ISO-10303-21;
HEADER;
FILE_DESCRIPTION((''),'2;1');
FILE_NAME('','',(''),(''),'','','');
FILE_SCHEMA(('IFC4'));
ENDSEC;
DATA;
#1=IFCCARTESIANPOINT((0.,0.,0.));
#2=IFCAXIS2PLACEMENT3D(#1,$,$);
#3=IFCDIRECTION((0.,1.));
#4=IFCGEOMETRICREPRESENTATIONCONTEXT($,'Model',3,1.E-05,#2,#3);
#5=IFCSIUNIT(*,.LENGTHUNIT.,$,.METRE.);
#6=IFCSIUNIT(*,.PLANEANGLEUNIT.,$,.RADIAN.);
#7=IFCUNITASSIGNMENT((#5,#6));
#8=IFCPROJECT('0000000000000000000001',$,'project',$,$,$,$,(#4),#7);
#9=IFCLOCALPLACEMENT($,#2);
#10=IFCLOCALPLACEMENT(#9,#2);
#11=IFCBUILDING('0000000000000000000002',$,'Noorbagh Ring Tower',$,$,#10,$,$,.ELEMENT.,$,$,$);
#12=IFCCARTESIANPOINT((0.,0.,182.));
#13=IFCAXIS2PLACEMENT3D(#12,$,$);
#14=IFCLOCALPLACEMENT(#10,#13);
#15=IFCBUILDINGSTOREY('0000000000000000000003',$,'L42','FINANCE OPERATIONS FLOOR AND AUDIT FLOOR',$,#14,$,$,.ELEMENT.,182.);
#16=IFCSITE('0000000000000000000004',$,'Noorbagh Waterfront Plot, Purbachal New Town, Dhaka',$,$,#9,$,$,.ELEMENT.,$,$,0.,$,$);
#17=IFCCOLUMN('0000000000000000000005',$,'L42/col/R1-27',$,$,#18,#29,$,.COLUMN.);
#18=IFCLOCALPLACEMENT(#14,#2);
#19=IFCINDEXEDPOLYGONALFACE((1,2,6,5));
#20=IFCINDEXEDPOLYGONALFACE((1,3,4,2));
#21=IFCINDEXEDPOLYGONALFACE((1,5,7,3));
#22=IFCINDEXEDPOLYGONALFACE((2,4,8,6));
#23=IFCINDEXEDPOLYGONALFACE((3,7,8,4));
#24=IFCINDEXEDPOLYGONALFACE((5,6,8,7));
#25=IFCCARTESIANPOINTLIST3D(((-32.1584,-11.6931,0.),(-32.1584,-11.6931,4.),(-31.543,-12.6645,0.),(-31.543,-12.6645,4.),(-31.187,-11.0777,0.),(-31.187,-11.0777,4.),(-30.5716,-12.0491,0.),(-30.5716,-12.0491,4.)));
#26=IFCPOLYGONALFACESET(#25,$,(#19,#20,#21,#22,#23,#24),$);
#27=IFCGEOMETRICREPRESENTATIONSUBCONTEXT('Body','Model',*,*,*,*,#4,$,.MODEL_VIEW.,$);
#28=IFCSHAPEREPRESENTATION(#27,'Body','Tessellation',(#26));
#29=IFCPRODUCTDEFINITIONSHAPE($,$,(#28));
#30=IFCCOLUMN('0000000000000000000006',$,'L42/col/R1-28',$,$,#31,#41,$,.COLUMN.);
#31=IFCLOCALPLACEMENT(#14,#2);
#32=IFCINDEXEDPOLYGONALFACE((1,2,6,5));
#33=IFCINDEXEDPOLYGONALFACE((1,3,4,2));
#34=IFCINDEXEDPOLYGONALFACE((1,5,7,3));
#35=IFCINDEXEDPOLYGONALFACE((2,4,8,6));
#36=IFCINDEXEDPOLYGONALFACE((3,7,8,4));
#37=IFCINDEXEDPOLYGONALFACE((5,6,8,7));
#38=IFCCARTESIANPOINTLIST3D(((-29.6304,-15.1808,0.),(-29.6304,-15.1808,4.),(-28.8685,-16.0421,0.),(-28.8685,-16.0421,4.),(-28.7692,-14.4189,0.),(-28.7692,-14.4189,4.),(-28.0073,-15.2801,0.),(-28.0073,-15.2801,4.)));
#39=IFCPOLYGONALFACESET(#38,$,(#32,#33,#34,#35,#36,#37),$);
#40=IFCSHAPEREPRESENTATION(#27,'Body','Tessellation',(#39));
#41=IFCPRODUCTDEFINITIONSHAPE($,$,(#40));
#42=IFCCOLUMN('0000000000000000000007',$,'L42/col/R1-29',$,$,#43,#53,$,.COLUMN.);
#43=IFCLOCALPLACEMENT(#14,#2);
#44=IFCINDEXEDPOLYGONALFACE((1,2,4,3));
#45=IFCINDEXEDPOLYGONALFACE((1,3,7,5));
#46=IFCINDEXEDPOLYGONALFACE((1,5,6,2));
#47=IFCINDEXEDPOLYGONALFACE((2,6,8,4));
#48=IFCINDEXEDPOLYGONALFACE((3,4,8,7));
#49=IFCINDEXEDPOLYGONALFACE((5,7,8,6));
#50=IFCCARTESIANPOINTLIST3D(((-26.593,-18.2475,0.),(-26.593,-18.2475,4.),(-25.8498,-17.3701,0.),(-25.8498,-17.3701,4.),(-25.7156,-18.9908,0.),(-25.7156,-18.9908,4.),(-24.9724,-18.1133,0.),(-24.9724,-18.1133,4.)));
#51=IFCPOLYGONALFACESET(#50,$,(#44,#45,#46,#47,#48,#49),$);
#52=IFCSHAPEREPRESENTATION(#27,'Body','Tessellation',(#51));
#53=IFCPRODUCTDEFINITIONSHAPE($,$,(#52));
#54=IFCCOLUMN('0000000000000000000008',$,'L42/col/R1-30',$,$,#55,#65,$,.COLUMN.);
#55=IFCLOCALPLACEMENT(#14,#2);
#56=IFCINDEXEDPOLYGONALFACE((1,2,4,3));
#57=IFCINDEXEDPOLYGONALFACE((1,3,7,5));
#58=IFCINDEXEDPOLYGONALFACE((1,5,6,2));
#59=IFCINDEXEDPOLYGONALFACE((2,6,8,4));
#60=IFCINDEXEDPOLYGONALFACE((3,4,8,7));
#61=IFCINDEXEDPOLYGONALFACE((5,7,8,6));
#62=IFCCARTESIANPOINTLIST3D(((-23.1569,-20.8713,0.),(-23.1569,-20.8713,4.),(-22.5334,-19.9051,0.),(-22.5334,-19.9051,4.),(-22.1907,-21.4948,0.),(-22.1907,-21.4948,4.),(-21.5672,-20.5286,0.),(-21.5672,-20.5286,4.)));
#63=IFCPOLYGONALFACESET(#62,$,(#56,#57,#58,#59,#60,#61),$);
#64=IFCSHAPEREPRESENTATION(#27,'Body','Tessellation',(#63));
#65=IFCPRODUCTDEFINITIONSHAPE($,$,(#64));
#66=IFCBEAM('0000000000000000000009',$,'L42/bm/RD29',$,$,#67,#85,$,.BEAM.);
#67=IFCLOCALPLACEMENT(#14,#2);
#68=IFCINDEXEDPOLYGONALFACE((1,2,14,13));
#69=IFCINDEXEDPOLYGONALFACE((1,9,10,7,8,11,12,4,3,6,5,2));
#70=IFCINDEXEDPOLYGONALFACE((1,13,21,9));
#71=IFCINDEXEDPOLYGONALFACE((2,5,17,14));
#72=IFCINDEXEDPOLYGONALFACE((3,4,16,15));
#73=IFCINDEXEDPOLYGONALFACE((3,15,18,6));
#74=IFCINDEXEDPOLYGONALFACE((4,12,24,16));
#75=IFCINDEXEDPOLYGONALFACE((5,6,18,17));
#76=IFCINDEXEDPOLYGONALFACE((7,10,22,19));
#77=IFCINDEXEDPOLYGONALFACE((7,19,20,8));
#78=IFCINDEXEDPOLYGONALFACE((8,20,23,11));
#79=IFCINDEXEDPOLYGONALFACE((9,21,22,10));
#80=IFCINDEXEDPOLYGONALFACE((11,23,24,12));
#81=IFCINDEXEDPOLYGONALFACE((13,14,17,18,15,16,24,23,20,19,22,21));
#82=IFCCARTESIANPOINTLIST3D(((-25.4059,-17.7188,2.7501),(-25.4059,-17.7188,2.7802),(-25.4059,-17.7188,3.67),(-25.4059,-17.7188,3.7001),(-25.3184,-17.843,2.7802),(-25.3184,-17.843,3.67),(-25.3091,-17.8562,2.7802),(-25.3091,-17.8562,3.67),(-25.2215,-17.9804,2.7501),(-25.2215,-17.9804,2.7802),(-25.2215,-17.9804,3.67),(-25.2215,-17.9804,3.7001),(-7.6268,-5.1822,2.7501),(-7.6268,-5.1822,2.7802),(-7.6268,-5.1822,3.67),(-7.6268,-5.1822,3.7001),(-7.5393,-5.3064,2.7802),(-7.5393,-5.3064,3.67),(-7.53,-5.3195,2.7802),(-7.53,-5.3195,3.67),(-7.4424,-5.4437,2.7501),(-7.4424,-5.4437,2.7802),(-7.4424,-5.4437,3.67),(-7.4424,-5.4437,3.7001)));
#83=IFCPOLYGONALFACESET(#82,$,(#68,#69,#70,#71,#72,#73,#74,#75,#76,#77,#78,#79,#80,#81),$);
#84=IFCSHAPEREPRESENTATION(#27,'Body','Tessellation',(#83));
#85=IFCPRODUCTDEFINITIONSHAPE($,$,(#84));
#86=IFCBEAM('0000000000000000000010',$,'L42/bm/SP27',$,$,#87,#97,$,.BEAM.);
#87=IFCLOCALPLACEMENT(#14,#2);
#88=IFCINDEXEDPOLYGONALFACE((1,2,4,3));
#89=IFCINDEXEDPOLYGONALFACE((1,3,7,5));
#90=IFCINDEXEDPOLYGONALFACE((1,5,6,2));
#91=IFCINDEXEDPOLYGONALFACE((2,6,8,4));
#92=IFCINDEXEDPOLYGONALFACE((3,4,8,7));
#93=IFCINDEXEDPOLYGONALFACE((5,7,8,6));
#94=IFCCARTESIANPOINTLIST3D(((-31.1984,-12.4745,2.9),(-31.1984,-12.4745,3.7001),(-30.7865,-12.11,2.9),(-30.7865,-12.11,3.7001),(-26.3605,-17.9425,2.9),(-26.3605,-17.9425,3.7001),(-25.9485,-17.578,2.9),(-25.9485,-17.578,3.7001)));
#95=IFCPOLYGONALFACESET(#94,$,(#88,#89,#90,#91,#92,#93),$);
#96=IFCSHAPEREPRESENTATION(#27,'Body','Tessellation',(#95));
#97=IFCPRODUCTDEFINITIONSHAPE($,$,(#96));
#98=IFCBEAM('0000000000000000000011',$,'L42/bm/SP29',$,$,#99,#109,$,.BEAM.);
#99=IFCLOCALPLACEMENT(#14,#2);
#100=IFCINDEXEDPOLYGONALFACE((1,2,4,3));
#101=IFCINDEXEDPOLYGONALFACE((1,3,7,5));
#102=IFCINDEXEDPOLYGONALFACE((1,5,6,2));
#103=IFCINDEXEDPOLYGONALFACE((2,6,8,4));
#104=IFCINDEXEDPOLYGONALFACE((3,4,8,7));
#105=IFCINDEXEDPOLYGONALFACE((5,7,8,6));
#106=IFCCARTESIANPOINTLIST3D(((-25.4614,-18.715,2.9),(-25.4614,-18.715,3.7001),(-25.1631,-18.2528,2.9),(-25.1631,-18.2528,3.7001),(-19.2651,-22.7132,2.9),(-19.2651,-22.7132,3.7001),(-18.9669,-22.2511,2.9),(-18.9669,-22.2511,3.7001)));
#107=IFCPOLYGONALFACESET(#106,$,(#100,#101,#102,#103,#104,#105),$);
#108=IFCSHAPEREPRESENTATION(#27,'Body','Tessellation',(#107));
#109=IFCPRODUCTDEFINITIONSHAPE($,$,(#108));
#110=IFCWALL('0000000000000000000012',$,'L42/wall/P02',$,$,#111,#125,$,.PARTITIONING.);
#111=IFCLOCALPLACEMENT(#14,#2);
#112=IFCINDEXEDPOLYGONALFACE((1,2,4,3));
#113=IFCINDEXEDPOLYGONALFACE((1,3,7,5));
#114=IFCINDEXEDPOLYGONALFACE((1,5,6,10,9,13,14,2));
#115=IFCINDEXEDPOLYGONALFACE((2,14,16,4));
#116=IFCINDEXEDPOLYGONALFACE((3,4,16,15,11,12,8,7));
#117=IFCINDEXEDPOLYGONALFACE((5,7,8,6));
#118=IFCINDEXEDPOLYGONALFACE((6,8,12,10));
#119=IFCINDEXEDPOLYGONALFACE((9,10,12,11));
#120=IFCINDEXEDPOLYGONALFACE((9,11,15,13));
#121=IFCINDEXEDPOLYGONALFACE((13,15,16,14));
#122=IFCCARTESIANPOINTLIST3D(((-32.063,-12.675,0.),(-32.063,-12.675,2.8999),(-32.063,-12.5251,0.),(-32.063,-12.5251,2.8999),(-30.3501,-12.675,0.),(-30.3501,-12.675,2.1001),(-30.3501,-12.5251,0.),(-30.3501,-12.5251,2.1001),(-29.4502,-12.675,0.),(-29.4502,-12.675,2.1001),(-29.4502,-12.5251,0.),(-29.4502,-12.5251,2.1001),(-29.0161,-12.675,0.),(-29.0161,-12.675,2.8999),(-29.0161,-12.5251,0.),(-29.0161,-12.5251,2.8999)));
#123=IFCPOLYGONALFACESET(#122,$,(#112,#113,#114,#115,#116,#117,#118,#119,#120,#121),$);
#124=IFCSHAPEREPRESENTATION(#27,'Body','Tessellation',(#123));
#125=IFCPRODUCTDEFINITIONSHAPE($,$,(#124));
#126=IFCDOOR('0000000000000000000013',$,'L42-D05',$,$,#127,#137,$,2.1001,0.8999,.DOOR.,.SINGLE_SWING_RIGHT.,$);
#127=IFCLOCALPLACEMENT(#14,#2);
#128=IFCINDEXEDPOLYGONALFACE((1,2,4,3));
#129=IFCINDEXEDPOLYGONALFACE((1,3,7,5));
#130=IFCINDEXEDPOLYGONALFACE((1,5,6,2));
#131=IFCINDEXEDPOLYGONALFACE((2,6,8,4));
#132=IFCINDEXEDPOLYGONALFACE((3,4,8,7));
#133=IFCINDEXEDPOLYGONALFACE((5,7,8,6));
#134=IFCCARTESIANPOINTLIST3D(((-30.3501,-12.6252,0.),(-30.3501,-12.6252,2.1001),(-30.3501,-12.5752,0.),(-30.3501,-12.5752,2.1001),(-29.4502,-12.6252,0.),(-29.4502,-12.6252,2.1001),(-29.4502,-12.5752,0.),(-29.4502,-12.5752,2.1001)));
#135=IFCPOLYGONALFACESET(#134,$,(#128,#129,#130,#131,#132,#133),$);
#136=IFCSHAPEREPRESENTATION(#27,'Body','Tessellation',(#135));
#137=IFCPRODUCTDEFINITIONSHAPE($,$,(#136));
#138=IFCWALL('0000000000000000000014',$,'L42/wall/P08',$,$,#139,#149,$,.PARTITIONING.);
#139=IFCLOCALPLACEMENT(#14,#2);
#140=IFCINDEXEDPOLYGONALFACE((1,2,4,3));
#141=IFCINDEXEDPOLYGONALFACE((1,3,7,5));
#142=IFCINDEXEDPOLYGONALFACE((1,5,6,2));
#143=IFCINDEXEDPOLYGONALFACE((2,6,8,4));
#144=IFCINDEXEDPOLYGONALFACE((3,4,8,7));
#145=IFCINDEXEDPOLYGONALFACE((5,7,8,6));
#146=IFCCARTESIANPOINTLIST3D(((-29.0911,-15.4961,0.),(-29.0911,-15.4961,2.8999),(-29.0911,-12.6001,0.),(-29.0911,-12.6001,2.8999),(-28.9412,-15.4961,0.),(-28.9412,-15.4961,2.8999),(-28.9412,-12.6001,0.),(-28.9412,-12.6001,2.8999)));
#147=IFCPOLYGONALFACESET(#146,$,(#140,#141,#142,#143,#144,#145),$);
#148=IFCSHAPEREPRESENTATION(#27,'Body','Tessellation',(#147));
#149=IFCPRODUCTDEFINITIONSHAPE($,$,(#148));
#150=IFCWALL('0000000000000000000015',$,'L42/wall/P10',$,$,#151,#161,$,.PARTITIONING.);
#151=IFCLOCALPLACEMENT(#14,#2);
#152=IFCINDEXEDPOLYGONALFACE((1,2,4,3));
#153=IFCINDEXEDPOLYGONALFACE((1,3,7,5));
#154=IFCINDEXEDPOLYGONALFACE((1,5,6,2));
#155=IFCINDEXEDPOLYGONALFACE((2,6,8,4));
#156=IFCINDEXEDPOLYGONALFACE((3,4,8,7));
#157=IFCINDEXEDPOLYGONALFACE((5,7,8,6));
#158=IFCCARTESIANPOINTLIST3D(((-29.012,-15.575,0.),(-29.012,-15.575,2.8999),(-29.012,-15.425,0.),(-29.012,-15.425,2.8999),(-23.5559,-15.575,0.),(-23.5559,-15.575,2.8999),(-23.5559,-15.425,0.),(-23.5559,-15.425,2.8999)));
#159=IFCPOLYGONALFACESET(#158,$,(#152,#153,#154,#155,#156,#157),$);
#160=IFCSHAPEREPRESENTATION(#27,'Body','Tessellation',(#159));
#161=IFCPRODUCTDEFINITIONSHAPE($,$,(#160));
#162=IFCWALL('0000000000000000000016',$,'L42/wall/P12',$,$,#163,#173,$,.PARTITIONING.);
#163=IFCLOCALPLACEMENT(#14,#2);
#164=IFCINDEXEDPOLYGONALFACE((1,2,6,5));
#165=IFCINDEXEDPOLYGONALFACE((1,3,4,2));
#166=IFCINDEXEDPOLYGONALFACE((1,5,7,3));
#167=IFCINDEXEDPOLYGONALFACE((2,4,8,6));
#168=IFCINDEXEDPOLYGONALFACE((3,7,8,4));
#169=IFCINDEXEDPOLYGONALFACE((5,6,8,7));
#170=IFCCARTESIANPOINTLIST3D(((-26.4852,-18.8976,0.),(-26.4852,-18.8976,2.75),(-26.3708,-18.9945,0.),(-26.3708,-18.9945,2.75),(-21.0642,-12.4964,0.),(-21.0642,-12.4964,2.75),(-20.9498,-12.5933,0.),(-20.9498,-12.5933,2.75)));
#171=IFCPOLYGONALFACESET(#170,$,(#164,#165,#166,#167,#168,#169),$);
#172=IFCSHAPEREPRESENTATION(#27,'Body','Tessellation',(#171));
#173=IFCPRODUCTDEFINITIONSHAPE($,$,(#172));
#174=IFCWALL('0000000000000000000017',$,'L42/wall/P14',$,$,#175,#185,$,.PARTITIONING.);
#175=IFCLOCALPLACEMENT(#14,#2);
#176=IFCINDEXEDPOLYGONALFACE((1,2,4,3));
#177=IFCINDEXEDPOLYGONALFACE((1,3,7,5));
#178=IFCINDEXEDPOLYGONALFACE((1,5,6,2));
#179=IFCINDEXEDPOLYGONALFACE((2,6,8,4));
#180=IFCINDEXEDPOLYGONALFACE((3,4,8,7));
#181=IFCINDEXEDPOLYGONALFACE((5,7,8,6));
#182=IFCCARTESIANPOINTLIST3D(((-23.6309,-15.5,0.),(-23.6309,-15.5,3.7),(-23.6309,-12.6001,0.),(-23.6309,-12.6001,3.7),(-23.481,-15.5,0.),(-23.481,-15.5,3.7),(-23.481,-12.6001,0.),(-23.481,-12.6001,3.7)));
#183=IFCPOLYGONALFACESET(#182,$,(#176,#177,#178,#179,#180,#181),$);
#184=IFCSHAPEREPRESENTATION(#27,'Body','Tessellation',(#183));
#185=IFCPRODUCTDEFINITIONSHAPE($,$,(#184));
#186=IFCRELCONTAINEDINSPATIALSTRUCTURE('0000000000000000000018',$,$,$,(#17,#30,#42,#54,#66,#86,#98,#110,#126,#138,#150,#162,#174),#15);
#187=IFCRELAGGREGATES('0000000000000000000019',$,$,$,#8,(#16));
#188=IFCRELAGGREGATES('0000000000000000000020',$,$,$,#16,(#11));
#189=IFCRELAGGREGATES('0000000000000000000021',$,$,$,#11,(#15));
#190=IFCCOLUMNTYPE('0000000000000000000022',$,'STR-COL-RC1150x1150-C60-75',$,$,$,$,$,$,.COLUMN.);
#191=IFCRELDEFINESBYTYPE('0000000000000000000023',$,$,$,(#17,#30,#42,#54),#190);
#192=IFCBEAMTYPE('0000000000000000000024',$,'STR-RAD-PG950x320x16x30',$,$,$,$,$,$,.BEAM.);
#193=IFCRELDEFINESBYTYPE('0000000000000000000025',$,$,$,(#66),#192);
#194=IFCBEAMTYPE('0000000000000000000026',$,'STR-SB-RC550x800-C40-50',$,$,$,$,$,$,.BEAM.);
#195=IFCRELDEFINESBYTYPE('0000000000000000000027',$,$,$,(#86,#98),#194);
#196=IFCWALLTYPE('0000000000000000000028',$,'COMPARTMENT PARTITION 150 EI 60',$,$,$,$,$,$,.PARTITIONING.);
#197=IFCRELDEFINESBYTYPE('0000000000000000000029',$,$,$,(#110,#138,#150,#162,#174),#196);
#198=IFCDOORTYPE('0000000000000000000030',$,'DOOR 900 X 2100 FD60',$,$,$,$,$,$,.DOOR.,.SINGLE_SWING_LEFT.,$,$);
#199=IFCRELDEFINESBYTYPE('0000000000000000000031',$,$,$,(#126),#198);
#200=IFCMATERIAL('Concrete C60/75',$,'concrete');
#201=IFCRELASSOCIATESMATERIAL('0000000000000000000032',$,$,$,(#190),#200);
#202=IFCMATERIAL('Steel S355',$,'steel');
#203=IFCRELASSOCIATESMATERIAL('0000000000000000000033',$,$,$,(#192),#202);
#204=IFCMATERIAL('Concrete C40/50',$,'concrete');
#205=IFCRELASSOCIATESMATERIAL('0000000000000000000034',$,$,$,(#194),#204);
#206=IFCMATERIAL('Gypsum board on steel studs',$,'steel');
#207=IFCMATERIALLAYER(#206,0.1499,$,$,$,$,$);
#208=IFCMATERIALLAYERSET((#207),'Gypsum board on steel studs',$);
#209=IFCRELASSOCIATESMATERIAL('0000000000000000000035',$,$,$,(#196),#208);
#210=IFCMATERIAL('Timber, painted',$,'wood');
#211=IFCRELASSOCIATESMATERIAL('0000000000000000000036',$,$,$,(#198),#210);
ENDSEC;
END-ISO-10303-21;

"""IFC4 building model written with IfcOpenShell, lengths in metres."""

from ifc_helpers import new_model, si_unit, direction, frame, frame_2d, origin, origin_2d, place, context, subcontext, project, spatial, rectangle, i_section, extrude, material, layer, layer_set, material_profile, profile_set, type_object, element, fill, save


model = new_model("IFC4")

# Units and contexts
model_context = context("Model", 3, precision=1e-05, world=origin(), true_north=direction((0.0, 1.0)))
body_context = subcontext(model_context, "Body", "Model", "MODEL_VIEW")
ifc_project = project(units=[si_unit("LENGTHUNIT", "METRE"), si_unit("PLANEANGLEUNIT", "RADIAN")], contexts=[model_context])

# Site, building, storey
site_placement = place(None, origin())
site = spatial("IfcSite", under=ifc_project, at=site_placement, Name="Noorbagh Waterfront Plot, Purbachal New Town, Dhaka", CompositionType="ELEMENT", RefElevation=0.0)
building_placement = place(site_placement, origin())
building = spatial("IfcBuilding", under=site, at=building_placement, Name="Noorbagh Ring Tower", CompositionType="ELEMENT")
storey_placement = place(building_placement, frame((0.0, 0.0, 182.0)))
storey = spatial("IfcBuildingStorey", under=building, at=storey_placement, Name="L42", Description="FINANCE OPERATIONS FLOOR AND AUDIT FLOOR", CompositionType="ELEMENT", Elevation=182.0)

# Columns
ifc_material_1 = material(Name="Concrete C60/75", Category="concrete")
ifc_material_profile_1 = material_profile(ifc_material_1, rectangle(XDim=1.1499, YDim=1.1499, at=origin_2d()), Name="RC1150x1150")
ifc_profile_set_1 = profile_set([ifc_material_profile_1], Name="Concrete C60/75")
column_type = type_object("IfcColumnType", Name="STR-COL-RC1150x1150-C60-75", PredefinedType="COLUMN", material=ifc_profile_set_1)
for number, where, z_axis, x_axis, name in (
    (1, (-31.365, -11.8711, 0.0), (0.0, 0.0, 1.0), (0.53519, -0.844731, 0.0), "L42/col/R1-27"),
    (2, (-28.8188, -15.2305, 0.0), (0.0, 0.0, 1.0), (0.662636, -0.748942, 0.0), "L42/col/R1-28"),
    (3, (-25.7827, -18.1804, 0.0), (0.0, 0.0, 1.0), (0.763035, -0.646357, 0.0), "L42/col/R1-29"),
    (4, (-22.3621, -20.7, 0.0), (0.0, 0.0, 1.0), (0.840248, -0.542203, 0.0), "L42/col/R1-30"),
):
    element("IfcColumn", number, at=place(storey_placement, frame(where, z_axis=z_axis, x_axis=x_axis)), inside=storey, type_object=column_type, Name=name, PredefinedType="COLUMN", context=body_context, shape_type="SweptSolid", body=[
        extrude(rectangle(XDim=1.1499, YDim=1.1499, at=origin_2d()), origin(), (0.0, 0.0, 1.0), 4.0),
    ])

# Beams
ifc_material_2 = material(Name="Steel S355", Category="steel")
ifc_material_profile_2 = material_profile(ifc_material_2, i_section(OverallWidth=0.3201, OverallDepth=0.95, WebThickness=0.0161, FlangeThickness=0.03, at=origin_2d()), Name="PG950x320x16x30")
ifc_profile_set_2 = profile_set([ifc_material_profile_2], Name="Steel S355")
beam_type_1 = type_object("IfcBeamType", Name="STR-RAD-PG950x320x16x30", PredefinedType="BEAM", material=ifc_profile_set_2)
beam_1_placement = place(storey_placement, frame((-25.3137, -17.8496, 3.2251), z_axis=(0.817256, 0.576275, 0.0), x_axis=(-0.576275, 0.817256, 0.0)))
element("IfcBeam", 5, at=beam_1_placement, inside=storey, type_object=beam_type_1, Name="L42/bm/RD29", PredefinedType="BEAM", context=body_context, shape_type="SweptSolid", body=[
    extrude(i_section(OverallWidth=0.3201, OverallDepth=0.95, WebThickness=0.0161, FlangeThickness=0.03, at=origin_2d()), origin(), (0.0, 0.0, 1.0), 21.7546),
])
ifc_material_3 = material(Name="Concrete C40/50", Category="concrete")
ifc_material_profile_3 = material_profile(ifc_material_3, rectangle(XDim=0.55, YDim=0.8, at=origin_2d()), Name="RC550x800")
ifc_profile_set_3 = profile_set([ifc_material_profile_3], Name="Concrete C40/50")
beam_type_2 = type_object("IfcBeamType", Name="STR-SB-RC550x800-C40-50", PredefinedType="BEAM", material=ifc_profile_set_3)
beam_2_placement = place(storey_placement, frame((-30.9924, -12.2922, 3.3), z_axis=(0.662635, -0.748942, 0.0), x_axis=(0.748942, 0.662635, 0.0)))
element("IfcBeam", 6, at=beam_2_placement, inside=storey, type_object=beam_type_2, Name="L42/bm/SP27", PredefinedType="BEAM", context=body_context, shape_type="SweptSolid", body=[
    extrude(rectangle(XDim=0.55, YDim=0.8, at=origin_2d()), origin(), (0.0, 0.0, 1.0), 7.301),
])
beam_3_placement = place(storey_placement, frame((-25.3123, -18.4839, 3.3), z_axis=(0.840254, -0.542192, 0.0), x_axis=(0.542192, 0.840254, 0.0)))
element("IfcBeam", 7, at=beam_3_placement, inside=storey, type_object=beam_type_2, Name="L42/bm/SP29", PredefinedType="BEAM", context=body_context, shape_type="SweptSolid", body=[
    extrude(rectangle(XDim=0.55, YDim=0.8, at=origin_2d()), origin(), (0.0, 0.0, 1.0), 7.3743),
])

# Wall, opening, door
ifc_material_4 = material(Name="Gypsum board on steel studs", Category="steel")
ifc_layer_1 = layer(ifc_material_4, 0.1499)
ifc_layer_set_1 = layer_set([ifc_layer_1], Name="Gypsum board on steel studs")
wall_type_1 = type_object("IfcWallType", Name="COMPARTMENT PARTITION 150 EI 60", PredefinedType="PARTITIONING", material=ifc_layer_set_1)
wall_1_placement = place(storey_placement, frame((-32.063, -12.6001, 0.0), z_axis=(0.0, 0.0, 1.0), x_axis=(1.0, 0.0, 0.0)))
wall_1 = element("IfcWall", 8, at=wall_1_placement, inside=storey, type_object=wall_type_1, Name="L42/wall/P02", PredefinedType="PARTITIONING", context=body_context, shape_type="SweptSolid", body=[
    extrude(rectangle(XDim=3.0469, YDim=0.1499, at=frame_2d((1.5234, 0.0))), origin(), (0.0, 0.0, 1.0), 2.8999),
])
opening_1_placement = place(wall_1_placement, frame((1.7129, 0.0, 0.0)))
opening_1 = element("IfcOpeningElement", 9, at=opening_1_placement, cuts=wall_1, PredefinedType="OPENING", context=body_context, shape_type="SweptSolid", body=[
    extrude(rectangle(XDim=0.8999, YDim=2.1001, at=frame_2d((0.45, 1.05))), frame((0.0, 0.085, 0.0), z_axis=(0.0, -1.0, 0.0), x_axis=(1.0, 0.0, 0.0)), (0.0, 0.0, 1.0), 0.1699),
])
ifc_material_5 = material(Name="Timber, painted", Category="wood")
door_type_1 = type_object("IfcDoorType", Name="DOOR 900 X 2100 FD60", OperationType="SINGLE_SWING_LEFT", PredefinedType="DOOR", material=ifc_material_5)
door_1_placement = place(opening_1_placement, origin())
door_1 = element("IfcDoor", 10, at=door_1_placement, inside=storey, type_object=door_type_1, Name="L42-D05", OperationType="SINGLE_SWING_RIGHT", OverallHeight=2.1001, OverallWidth=0.8999, PredefinedType="DOOR", context=body_context, shape_type="SweptSolid", body=[
    extrude(rectangle(XDim=0.8999, YDim=2.1001, at=frame_2d((0.45, 1.05))), frame((0.0, 0.0249, 0.0), z_axis=(0.0, -1.0, 0.0), x_axis=(1.0, 0.0, 0.0)), (0.0, 0.0, 1.0), 0.05),
])
fill(opening_1, door_1)

# Walls
wall_2_placement = place(storey_placement, frame((-29.0161, -15.4961, 0.0), z_axis=(0.0, 0.0, 1.0), x_axis=(0.0, 1.0, 0.0)))
element("IfcWall", 11, at=wall_2_placement, inside=storey, type_object=wall_type_1, Name="L42/wall/P08", PredefinedType="PARTITIONING", context=body_context, shape_type="SweptSolid", body=[
    extrude(rectangle(XDim=2.896, YDim=0.1499, at=frame_2d((1.448, 0.0))), origin(), (0.0, 0.0, 1.0), 2.8999),
])
wall_3_placement = place(storey_placement, frame((-29.012, -15.5, 0.0), z_axis=(0.0, 0.0, 1.0), x_axis=(1.0, 0.0, 0.0)))
element("IfcWall", 12, at=wall_3_placement, inside=storey, type_object=wall_type_1, Name="L42/wall/P10", PredefinedType="PARTITIONING", context=body_context, shape_type="SweptSolid", body=[
    extrude(rectangle(XDim=5.4561, YDim=0.1499, at=frame_2d((2.728, 0.0))), origin(), (0.0, 0.0, 1.0), 2.8999),
])
wall_4_placement = place(storey_placement, frame((-26.428, -18.946, 0.0), z_axis=(0.0, 0.0, 1.0), x_axis=(0.646259, 0.763118, 0.0)))
element("IfcWall", 13, at=wall_4_placement, inside=storey, type_object=wall_type_1, Name="L42/wall/P12", PredefinedType="PARTITIONING", context=body_context, shape_type="SweptSolid", body=[
    extrude(rectangle(XDim=8.3882, YDim=0.1499, at=frame_2d((4.1941, 0.0))), origin(), (0.0, 0.0, 1.0), 2.75),
])
wall_5_placement = place(storey_placement, frame((-23.5559, -15.5, 0.0), z_axis=(0.0, 0.0, 1.0), x_axis=(0.0, 1.0, 0.0)))
element("IfcWall", 14, at=wall_5_placement, inside=storey, type_object=wall_type_1, Name="L42/wall/P14", PredefinedType="PARTITIONING", context=body_context, shape_type="SweptSolid", body=[
    extrude(rectangle(XDim=2.8999, YDim=0.1499, at=frame_2d((1.45, 0.0))), origin(), (0.0, 0.0, 1.0), 3.7),
])

save(model, "model.ifc")
